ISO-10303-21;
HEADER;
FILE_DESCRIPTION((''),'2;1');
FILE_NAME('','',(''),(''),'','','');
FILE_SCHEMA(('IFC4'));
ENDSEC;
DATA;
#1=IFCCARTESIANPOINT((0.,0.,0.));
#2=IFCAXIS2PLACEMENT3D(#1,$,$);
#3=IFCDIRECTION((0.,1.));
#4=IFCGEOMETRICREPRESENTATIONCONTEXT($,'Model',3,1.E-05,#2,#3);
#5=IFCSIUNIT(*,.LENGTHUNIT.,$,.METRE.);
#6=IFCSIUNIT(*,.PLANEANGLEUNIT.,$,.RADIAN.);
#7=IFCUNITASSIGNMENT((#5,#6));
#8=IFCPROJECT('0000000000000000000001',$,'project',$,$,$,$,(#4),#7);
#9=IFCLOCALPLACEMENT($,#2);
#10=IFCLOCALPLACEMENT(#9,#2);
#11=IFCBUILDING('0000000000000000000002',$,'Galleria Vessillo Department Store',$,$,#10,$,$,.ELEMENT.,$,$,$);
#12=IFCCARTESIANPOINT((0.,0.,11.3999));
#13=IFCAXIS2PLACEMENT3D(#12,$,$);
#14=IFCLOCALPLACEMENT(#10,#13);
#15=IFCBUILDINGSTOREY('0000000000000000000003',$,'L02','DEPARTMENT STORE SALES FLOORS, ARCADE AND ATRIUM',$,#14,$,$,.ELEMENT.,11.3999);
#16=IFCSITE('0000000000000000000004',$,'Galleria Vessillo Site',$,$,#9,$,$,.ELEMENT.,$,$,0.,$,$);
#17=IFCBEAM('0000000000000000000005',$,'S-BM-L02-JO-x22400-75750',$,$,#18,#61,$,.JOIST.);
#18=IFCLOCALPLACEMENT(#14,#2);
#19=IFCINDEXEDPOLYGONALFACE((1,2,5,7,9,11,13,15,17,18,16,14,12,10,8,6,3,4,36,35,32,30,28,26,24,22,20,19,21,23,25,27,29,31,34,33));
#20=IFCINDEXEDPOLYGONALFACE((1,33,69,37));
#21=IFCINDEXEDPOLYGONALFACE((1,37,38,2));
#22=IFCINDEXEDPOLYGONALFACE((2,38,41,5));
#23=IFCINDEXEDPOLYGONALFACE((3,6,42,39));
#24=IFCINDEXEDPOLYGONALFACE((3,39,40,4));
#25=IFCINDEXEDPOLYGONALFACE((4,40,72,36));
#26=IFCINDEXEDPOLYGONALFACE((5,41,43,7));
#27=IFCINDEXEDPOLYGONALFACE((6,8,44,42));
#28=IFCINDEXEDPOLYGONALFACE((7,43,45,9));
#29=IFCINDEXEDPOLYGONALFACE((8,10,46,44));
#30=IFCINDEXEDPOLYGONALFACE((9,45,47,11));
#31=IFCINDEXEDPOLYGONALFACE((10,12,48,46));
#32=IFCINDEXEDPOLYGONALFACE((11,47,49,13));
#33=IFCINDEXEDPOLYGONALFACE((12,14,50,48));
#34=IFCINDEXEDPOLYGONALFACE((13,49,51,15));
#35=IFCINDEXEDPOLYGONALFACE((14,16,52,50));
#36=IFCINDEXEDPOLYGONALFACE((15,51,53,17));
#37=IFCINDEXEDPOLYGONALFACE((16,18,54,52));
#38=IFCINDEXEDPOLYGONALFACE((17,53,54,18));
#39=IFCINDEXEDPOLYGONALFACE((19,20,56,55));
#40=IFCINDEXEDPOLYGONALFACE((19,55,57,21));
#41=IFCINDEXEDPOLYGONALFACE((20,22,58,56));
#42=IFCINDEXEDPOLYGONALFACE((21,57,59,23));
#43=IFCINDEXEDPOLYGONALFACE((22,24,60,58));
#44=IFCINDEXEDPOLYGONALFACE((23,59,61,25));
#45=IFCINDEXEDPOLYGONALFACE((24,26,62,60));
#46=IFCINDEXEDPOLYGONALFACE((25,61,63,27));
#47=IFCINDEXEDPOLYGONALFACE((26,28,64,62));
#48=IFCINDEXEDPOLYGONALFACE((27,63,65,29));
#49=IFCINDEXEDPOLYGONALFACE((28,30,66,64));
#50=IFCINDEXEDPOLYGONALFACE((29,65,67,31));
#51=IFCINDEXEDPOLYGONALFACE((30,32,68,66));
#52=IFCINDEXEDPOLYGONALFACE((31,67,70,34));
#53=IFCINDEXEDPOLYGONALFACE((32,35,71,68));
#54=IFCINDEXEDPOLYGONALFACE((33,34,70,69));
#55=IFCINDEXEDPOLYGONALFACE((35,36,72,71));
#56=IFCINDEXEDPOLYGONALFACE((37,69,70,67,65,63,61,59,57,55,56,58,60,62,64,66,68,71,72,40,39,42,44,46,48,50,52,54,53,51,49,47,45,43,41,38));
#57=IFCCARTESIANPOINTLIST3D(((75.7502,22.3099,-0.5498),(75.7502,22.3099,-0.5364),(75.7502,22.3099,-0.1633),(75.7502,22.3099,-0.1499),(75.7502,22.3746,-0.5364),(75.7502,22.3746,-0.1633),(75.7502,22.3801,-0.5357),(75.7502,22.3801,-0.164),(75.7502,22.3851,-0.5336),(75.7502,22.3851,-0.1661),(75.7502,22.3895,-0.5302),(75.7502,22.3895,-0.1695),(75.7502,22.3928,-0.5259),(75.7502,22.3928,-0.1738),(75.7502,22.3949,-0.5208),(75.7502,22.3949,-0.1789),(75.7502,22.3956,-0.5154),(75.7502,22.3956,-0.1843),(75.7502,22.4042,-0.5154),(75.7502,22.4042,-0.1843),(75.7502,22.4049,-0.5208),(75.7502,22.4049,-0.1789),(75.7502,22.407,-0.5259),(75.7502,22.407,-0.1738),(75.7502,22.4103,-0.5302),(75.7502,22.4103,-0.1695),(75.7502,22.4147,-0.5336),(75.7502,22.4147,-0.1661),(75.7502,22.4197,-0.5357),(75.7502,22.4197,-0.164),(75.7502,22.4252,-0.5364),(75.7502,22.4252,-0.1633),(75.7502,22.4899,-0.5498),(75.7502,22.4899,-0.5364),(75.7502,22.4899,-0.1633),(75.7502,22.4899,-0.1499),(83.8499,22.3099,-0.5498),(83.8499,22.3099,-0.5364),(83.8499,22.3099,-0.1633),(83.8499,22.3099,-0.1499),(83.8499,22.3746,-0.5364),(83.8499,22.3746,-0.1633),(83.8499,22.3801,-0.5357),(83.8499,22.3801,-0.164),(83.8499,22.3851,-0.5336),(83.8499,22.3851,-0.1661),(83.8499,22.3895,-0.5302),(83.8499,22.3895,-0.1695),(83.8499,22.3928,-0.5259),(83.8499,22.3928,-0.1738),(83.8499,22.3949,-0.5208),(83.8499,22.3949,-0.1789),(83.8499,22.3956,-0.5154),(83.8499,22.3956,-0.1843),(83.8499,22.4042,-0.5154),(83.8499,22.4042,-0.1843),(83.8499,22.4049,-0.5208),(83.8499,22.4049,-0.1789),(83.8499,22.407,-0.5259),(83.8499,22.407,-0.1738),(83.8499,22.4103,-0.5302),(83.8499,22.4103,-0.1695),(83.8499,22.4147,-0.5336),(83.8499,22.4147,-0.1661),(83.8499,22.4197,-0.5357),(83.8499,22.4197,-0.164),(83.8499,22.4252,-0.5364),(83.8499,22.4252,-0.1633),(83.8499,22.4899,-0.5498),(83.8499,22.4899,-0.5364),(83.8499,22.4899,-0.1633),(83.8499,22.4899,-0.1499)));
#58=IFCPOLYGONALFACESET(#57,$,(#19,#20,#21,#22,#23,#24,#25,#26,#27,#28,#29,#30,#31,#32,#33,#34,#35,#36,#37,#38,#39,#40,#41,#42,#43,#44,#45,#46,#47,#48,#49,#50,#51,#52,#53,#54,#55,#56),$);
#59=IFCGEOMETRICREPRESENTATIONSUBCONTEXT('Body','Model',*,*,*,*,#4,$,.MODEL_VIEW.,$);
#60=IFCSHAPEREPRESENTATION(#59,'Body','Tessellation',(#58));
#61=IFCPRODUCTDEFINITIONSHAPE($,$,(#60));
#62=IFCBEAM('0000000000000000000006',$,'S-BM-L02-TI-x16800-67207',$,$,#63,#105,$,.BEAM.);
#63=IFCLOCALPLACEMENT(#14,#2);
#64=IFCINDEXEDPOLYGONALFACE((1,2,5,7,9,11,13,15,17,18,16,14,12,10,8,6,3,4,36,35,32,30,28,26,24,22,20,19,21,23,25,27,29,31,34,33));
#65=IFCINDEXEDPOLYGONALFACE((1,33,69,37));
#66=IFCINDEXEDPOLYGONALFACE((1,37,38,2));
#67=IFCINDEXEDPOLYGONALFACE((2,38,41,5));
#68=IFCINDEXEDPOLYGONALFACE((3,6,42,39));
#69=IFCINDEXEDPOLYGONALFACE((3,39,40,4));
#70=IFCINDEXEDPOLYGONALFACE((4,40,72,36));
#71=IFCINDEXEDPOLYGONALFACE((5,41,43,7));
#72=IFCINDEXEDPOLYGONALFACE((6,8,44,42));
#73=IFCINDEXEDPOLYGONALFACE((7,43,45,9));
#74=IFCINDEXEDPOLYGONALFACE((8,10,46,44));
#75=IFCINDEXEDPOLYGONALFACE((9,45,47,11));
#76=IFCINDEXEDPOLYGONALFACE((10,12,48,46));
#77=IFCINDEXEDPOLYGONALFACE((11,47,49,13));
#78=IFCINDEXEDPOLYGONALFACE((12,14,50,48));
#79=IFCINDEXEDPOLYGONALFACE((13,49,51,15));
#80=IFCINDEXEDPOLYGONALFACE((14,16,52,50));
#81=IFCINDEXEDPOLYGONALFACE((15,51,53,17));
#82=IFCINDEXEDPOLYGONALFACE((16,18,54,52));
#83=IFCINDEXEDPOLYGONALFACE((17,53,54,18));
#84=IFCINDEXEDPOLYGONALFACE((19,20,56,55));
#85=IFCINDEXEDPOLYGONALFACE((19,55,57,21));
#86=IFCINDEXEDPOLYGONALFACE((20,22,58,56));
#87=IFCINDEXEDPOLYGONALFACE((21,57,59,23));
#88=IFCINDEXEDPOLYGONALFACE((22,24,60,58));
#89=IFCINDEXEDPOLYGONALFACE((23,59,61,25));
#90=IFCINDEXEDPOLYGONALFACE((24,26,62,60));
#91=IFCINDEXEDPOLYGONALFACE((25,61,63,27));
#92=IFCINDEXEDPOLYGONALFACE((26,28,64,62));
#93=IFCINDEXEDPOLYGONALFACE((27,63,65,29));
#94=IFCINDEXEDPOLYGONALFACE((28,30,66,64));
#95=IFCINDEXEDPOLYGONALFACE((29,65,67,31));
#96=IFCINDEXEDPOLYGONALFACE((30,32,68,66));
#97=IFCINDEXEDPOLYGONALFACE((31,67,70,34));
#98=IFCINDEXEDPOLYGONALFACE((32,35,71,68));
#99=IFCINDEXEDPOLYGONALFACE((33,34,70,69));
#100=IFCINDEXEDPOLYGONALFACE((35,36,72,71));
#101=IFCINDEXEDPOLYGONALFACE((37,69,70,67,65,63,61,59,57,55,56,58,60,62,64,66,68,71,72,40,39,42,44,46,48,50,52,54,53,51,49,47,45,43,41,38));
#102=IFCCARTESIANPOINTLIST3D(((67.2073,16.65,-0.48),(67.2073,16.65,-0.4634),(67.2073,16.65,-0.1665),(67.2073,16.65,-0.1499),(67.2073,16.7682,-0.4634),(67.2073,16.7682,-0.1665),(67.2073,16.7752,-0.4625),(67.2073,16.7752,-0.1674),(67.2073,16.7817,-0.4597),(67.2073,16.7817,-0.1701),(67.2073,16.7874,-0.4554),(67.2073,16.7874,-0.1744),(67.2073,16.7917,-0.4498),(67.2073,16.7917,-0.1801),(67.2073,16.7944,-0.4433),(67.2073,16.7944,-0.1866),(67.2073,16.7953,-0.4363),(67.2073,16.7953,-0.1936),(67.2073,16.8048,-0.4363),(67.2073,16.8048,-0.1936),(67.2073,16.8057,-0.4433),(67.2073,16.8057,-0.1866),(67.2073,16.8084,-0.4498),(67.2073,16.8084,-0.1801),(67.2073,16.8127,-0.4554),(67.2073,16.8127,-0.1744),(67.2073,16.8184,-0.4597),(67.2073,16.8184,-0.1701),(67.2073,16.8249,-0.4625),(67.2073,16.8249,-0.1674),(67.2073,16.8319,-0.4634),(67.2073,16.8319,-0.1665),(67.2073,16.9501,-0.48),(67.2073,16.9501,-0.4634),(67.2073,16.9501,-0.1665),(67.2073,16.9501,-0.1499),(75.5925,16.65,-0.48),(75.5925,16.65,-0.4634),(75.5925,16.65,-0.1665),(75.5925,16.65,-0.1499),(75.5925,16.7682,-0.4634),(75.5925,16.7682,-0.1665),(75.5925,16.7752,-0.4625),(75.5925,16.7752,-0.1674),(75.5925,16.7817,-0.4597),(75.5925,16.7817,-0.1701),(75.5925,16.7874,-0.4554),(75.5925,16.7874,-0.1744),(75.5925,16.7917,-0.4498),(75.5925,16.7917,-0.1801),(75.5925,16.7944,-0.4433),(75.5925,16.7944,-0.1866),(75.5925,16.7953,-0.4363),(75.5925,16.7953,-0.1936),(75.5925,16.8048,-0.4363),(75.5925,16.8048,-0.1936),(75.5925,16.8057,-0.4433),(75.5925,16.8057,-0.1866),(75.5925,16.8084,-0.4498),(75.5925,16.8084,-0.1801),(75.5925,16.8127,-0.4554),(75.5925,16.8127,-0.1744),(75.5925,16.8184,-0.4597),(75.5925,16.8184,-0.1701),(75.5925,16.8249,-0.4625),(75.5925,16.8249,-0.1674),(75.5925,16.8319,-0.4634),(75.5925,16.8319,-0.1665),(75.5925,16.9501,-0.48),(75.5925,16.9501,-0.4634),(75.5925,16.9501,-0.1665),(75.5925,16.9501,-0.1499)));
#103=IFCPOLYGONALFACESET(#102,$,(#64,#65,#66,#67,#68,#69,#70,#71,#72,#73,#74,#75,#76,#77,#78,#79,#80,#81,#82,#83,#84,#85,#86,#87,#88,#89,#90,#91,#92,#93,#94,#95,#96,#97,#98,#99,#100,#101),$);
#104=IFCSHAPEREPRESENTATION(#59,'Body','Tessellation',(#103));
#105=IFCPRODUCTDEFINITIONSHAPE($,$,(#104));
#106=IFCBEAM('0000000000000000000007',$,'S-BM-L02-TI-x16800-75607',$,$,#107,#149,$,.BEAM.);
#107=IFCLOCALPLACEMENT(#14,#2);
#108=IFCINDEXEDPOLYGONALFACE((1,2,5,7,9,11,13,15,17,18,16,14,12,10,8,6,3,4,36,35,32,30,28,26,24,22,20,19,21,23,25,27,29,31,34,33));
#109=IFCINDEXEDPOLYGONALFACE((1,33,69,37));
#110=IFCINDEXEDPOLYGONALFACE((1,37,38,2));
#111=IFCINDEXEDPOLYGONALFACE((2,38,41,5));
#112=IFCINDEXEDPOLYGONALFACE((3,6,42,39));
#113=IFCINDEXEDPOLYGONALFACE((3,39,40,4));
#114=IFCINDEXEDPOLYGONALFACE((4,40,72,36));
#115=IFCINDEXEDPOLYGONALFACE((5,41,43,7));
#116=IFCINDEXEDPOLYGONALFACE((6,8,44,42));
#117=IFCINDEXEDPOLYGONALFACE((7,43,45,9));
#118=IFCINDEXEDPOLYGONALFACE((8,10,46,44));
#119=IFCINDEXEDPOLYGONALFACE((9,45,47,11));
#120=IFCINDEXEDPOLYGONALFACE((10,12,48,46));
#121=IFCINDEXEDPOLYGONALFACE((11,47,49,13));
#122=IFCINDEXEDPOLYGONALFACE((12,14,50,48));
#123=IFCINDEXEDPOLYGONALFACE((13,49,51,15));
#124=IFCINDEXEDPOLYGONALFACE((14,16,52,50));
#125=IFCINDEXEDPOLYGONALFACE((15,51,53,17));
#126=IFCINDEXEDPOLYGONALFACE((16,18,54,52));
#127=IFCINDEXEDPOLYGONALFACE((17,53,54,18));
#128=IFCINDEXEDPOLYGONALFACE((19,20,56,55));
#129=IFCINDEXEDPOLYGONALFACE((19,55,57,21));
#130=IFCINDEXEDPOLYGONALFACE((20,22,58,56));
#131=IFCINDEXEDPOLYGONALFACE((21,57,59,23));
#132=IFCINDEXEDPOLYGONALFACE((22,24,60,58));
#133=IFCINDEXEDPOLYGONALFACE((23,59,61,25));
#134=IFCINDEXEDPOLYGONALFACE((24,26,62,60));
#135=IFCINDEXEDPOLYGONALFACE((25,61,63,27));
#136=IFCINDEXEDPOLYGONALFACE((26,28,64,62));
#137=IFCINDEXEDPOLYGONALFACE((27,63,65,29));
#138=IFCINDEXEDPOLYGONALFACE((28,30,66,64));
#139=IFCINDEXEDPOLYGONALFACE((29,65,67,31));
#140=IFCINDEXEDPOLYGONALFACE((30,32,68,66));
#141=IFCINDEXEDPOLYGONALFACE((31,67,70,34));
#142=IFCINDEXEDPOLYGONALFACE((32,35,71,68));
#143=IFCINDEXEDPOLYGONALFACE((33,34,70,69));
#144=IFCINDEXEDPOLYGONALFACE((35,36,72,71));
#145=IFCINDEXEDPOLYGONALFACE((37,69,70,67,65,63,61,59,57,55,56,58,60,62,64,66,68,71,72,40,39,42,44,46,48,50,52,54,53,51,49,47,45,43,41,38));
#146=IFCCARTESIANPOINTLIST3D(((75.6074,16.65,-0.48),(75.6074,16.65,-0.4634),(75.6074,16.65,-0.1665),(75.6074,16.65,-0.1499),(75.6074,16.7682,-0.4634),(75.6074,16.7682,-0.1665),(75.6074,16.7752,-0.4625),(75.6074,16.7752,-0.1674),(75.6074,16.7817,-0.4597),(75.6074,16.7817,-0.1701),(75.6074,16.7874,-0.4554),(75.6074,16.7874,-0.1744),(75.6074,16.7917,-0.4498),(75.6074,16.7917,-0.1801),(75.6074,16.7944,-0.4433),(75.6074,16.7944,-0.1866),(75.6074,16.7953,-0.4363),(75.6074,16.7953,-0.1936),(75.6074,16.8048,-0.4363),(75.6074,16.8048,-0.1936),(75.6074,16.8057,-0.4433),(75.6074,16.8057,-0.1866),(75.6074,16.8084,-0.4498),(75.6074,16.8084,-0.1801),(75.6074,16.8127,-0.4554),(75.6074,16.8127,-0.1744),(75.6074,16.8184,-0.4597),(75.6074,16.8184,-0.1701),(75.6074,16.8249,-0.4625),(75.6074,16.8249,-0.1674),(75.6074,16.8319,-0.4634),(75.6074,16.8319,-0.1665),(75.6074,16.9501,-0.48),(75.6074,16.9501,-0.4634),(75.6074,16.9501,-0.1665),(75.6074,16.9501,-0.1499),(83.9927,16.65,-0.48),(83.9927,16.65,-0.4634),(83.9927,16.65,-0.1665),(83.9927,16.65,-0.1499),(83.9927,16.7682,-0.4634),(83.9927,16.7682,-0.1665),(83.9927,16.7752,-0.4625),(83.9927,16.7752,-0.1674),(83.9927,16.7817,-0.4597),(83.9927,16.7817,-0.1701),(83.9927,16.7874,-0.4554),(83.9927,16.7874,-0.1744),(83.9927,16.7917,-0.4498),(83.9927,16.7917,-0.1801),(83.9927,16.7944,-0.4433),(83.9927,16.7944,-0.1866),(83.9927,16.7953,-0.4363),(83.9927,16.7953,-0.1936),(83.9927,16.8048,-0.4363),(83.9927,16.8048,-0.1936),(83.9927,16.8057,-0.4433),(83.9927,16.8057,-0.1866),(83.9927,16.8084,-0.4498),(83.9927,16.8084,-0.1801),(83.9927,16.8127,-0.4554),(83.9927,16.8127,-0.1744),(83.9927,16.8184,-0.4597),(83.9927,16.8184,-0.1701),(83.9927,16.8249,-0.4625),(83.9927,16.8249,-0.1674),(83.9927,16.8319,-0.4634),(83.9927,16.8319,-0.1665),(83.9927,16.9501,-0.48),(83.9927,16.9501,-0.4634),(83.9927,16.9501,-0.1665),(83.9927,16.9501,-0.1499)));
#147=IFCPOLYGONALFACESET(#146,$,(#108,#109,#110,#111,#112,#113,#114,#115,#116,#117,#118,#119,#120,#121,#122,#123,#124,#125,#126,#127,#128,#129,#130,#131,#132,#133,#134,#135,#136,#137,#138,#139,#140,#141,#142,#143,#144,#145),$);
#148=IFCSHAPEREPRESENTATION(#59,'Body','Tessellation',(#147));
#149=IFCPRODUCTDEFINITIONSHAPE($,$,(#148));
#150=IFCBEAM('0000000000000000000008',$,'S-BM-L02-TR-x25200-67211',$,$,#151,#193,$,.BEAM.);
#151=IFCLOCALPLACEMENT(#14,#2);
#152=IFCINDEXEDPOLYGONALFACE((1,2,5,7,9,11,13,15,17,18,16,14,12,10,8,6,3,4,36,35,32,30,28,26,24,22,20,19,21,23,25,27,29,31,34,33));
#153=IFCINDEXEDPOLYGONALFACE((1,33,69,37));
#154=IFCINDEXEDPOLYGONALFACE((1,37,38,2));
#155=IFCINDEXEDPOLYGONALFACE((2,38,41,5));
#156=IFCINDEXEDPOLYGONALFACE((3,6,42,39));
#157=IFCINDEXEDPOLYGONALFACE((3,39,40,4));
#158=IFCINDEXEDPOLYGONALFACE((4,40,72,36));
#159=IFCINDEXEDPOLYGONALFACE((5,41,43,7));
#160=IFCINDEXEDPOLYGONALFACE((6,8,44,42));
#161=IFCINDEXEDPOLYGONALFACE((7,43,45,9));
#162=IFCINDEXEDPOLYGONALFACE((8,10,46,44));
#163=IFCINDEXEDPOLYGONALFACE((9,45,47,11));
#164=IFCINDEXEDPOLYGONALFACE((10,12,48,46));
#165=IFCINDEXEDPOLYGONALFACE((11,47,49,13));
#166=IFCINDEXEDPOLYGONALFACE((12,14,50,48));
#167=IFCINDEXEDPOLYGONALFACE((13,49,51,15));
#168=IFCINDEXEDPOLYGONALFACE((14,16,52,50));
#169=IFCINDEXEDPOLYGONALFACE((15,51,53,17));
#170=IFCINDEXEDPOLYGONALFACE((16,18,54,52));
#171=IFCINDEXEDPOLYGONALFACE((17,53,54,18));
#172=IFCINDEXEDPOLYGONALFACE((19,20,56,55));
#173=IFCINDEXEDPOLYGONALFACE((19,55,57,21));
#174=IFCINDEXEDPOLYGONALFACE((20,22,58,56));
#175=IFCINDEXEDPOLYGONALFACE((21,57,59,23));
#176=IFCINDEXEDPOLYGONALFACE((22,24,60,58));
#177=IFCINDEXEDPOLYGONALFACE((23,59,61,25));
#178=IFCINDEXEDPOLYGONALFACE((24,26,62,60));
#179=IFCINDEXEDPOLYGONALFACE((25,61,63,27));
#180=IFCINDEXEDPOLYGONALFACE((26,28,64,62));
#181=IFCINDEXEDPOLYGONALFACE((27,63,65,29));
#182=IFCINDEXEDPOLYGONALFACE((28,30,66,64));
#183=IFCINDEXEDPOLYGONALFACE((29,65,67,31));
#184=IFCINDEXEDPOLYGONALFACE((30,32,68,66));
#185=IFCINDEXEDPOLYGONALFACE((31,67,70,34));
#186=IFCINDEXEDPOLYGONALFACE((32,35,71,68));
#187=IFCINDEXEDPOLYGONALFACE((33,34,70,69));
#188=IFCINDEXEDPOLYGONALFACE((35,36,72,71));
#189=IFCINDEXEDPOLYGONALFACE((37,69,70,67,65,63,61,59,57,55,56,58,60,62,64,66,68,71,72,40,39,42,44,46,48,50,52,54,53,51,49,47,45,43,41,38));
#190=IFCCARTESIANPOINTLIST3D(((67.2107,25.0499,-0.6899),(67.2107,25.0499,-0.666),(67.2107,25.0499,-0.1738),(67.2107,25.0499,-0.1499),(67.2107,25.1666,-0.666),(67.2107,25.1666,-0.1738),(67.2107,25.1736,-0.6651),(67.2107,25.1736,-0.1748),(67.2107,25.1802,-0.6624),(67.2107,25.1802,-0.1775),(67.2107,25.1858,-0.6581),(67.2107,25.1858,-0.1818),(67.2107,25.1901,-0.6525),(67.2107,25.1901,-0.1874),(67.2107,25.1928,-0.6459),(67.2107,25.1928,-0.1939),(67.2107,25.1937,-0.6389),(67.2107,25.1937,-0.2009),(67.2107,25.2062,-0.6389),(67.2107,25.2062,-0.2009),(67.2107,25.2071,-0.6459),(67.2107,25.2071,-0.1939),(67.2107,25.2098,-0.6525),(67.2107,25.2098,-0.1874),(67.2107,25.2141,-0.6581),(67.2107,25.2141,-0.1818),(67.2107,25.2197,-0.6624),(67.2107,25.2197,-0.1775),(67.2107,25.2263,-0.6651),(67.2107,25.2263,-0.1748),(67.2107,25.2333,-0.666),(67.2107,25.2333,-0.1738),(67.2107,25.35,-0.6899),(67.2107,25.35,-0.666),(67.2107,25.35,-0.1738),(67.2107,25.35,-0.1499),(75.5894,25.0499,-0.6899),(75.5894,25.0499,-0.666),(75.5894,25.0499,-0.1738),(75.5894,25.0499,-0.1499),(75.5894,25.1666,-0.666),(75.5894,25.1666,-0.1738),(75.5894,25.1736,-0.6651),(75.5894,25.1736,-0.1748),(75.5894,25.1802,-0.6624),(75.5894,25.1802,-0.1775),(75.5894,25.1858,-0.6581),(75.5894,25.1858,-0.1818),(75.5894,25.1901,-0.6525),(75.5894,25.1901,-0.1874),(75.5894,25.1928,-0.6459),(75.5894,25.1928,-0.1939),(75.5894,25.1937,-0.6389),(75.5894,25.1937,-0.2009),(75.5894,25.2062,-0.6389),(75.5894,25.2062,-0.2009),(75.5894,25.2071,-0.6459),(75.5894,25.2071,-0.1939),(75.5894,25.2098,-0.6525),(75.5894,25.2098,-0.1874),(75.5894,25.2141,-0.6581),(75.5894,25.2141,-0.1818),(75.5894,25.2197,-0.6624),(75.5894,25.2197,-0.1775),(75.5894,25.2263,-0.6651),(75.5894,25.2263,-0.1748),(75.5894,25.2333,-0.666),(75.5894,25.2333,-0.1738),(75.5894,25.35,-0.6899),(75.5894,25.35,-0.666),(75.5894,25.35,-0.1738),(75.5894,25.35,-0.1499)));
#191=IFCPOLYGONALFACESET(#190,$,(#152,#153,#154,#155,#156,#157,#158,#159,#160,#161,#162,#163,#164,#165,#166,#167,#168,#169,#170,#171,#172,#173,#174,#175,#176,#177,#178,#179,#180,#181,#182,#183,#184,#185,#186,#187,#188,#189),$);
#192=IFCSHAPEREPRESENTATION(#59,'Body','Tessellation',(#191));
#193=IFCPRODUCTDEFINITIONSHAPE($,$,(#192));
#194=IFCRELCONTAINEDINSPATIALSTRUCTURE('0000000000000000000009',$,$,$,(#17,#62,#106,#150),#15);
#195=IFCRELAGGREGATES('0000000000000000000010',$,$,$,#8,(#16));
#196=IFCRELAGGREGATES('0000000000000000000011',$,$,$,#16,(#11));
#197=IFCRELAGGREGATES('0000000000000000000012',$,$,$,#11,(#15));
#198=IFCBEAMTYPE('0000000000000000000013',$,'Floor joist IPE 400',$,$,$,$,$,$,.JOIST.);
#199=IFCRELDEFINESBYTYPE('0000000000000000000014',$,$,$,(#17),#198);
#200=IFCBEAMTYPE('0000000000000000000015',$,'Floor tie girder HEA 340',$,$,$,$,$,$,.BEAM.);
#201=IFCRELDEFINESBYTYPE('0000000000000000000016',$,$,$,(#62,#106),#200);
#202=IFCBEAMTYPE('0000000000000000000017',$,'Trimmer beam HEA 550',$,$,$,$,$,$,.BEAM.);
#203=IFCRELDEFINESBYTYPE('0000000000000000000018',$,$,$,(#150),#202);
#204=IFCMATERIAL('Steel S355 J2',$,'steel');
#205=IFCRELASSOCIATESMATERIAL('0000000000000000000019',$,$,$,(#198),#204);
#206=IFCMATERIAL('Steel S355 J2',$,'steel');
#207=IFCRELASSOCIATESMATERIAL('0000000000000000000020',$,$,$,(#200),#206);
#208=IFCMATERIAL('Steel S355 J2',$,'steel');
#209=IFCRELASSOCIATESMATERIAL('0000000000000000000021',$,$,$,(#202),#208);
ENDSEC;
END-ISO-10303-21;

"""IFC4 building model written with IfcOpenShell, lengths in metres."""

from ifc_helpers import new_model, si_unit, direction, frame, origin, origin_2d, place, context, subcontext, project, spatial, i_section, extrude, material, material_profile, profile_set, type_object, element, save


model = new_model("IFC4")

# Units and contexts
model_context = context("Model", 3, precision=1e-05, world=origin(), true_north=direction((0.0, 1.0)))
body_context = subcontext(model_context, "Body", "Model", "MODEL_VIEW")
ifc_project = project(units=[si_unit("LENGTHUNIT", "METRE"), si_unit("PLANEANGLEUNIT", "RADIAN")], contexts=[model_context])

# Site, building, storey
site_placement = place(None, origin())
site = spatial("IfcSite", under=ifc_project, at=site_placement, Name="Galleria Vessillo Site", CompositionType="ELEMENT", RefElevation=0.0)
building_placement = place(site_placement, origin())
building = spatial("IfcBuilding", under=site, at=building_placement, Name="Galleria Vessillo Department Store", CompositionType="ELEMENT")
storey_placement = place(building_placement, frame((0.0, 0.0, 11.3999)))
storey = spatial("IfcBuildingStorey", under=building, at=storey_placement, Name="L02", Description="DEPARTMENT STORE SALES FLOORS, ARCADE AND ATRIUM", CompositionType="ELEMENT", Elevation=11.3999)

# Beams
ifc_material_1 = material(Name="Steel S355 J2", Category="steel")
ifc_material_profile_1 = material_profile(ifc_material_1, i_section(OverallWidth=0.1799, OverallDepth=0.3999, WebThickness=0.0085, FlangeThickness=0.0134, FilletRadius=0.021, at=origin_2d()), Name="IPE 400")
ifc_profile_set_1 = profile_set([ifc_material_profile_1], Name="Steel S355 J2")
beam_type_1 = type_object("IfcBeamType", Name="Floor joist IPE 400", PredefinedType="JOIST", material=ifc_profile_set_1)
for number, where, z_axis, x_axis, name in (
    (1, (75.7502, 22.3999, -0.3499), (1.0, 0.0, 0.0), (0.0, 1.0, 0.0), "S-BM-L02-JO-x22400-75750"),
):
    element("IfcBeam", number, at=place(storey_placement, frame(where, z_axis=z_axis, x_axis=x_axis)), inside=storey, type_object=beam_type_1, Name=name, PredefinedType="JOIST", context=body_context, shape_type="SweptSolid", body=[
        extrude(i_section(OverallWidth=0.1799, OverallDepth=0.3999, WebThickness=0.0085, FlangeThickness=0.0134, FilletRadius=0.021, at=origin_2d()), origin(), (0.0, 0.0, 1.0), 8.0996),
    ])
ifc_material_2 = material(Name="Steel S355 J2", Category="steel")
ifc_material_profile_2 = material_profile(ifc_material_2, i_section(OverallWidth=0.3, OverallDepth=0.3301, WebThickness=0.0095, FlangeThickness=0.0166, FilletRadius=0.0271, at=origin_2d()), Name="HEA 340")
ifc_profile_set_2 = profile_set([ifc_material_profile_2], Name="Steel S355 J2")
beam_type_2 = type_object("IfcBeamType", Name="Floor tie girder HEA 340", PredefinedType="BEAM", material=ifc_profile_set_2)
for number, where, z_axis, x_axis, name in (
    (2, (67.2073, 16.8, -0.3149), (1.0, 0.0, 0.0), (0.0, 1.0, 0.0), "S-BM-L02-TI-x16800-67207"),
    (3, (75.6074, 16.8, -0.3149), (1.0, 0.0, 0.0), (0.0, 1.0, 0.0), "S-BM-L02-TI-x16800-75607"),
):
    element("IfcBeam", number, at=place(storey_placement, frame(where, z_axis=z_axis, x_axis=x_axis)), inside=storey, type_object=beam_type_2, Name=name, PredefinedType="BEAM", context=body_context, shape_type="SweptSolid", body=[
        extrude(i_section(OverallWidth=0.3, OverallDepth=0.3301, WebThickness=0.0095, FlangeThickness=0.0166, FilletRadius=0.0271, at=origin_2d()), origin(), (0.0, 0.0, 1.0), 8.3853),
    ])
ifc_material_3 = material(Name="Steel S355 J2", Category="steel")
ifc_material_profile_3 = material_profile(ifc_material_3, i_section(OverallWidth=0.3, OverallDepth=0.54, WebThickness=0.0125, FlangeThickness=0.0239, FilletRadius=0.0271, at=origin_2d()), Name="HEA 550")
ifc_profile_set_3 = profile_set([ifc_material_profile_3], Name="Steel S355 J2")
beam_type_3 = type_object("IfcBeamType", Name="Trimmer beam HEA 550", PredefinedType="BEAM", material=ifc_profile_set_3)
beam_1_placement = place(storey_placement, frame((67.2107, 25.2, -0.4199), z_axis=(1.0, 0.0, 0.0), x_axis=(0.0, 1.0, 0.0)))
element("IfcBeam", 4, at=beam_1_placement, inside=storey, type_object=beam_type_3, Name="S-BM-L02-TR-x25200-67211", PredefinedType="BEAM", context=body_context, shape_type="SweptSolid", body=[
    extrude(i_section(OverallWidth=0.3, OverallDepth=0.54, WebThickness=0.0125, FlangeThickness=0.0239, FilletRadius=0.0271, at=origin_2d()), origin(), (0.0, 0.0, 1.0), 8.3787),
])

save(model, "model.ifc")
